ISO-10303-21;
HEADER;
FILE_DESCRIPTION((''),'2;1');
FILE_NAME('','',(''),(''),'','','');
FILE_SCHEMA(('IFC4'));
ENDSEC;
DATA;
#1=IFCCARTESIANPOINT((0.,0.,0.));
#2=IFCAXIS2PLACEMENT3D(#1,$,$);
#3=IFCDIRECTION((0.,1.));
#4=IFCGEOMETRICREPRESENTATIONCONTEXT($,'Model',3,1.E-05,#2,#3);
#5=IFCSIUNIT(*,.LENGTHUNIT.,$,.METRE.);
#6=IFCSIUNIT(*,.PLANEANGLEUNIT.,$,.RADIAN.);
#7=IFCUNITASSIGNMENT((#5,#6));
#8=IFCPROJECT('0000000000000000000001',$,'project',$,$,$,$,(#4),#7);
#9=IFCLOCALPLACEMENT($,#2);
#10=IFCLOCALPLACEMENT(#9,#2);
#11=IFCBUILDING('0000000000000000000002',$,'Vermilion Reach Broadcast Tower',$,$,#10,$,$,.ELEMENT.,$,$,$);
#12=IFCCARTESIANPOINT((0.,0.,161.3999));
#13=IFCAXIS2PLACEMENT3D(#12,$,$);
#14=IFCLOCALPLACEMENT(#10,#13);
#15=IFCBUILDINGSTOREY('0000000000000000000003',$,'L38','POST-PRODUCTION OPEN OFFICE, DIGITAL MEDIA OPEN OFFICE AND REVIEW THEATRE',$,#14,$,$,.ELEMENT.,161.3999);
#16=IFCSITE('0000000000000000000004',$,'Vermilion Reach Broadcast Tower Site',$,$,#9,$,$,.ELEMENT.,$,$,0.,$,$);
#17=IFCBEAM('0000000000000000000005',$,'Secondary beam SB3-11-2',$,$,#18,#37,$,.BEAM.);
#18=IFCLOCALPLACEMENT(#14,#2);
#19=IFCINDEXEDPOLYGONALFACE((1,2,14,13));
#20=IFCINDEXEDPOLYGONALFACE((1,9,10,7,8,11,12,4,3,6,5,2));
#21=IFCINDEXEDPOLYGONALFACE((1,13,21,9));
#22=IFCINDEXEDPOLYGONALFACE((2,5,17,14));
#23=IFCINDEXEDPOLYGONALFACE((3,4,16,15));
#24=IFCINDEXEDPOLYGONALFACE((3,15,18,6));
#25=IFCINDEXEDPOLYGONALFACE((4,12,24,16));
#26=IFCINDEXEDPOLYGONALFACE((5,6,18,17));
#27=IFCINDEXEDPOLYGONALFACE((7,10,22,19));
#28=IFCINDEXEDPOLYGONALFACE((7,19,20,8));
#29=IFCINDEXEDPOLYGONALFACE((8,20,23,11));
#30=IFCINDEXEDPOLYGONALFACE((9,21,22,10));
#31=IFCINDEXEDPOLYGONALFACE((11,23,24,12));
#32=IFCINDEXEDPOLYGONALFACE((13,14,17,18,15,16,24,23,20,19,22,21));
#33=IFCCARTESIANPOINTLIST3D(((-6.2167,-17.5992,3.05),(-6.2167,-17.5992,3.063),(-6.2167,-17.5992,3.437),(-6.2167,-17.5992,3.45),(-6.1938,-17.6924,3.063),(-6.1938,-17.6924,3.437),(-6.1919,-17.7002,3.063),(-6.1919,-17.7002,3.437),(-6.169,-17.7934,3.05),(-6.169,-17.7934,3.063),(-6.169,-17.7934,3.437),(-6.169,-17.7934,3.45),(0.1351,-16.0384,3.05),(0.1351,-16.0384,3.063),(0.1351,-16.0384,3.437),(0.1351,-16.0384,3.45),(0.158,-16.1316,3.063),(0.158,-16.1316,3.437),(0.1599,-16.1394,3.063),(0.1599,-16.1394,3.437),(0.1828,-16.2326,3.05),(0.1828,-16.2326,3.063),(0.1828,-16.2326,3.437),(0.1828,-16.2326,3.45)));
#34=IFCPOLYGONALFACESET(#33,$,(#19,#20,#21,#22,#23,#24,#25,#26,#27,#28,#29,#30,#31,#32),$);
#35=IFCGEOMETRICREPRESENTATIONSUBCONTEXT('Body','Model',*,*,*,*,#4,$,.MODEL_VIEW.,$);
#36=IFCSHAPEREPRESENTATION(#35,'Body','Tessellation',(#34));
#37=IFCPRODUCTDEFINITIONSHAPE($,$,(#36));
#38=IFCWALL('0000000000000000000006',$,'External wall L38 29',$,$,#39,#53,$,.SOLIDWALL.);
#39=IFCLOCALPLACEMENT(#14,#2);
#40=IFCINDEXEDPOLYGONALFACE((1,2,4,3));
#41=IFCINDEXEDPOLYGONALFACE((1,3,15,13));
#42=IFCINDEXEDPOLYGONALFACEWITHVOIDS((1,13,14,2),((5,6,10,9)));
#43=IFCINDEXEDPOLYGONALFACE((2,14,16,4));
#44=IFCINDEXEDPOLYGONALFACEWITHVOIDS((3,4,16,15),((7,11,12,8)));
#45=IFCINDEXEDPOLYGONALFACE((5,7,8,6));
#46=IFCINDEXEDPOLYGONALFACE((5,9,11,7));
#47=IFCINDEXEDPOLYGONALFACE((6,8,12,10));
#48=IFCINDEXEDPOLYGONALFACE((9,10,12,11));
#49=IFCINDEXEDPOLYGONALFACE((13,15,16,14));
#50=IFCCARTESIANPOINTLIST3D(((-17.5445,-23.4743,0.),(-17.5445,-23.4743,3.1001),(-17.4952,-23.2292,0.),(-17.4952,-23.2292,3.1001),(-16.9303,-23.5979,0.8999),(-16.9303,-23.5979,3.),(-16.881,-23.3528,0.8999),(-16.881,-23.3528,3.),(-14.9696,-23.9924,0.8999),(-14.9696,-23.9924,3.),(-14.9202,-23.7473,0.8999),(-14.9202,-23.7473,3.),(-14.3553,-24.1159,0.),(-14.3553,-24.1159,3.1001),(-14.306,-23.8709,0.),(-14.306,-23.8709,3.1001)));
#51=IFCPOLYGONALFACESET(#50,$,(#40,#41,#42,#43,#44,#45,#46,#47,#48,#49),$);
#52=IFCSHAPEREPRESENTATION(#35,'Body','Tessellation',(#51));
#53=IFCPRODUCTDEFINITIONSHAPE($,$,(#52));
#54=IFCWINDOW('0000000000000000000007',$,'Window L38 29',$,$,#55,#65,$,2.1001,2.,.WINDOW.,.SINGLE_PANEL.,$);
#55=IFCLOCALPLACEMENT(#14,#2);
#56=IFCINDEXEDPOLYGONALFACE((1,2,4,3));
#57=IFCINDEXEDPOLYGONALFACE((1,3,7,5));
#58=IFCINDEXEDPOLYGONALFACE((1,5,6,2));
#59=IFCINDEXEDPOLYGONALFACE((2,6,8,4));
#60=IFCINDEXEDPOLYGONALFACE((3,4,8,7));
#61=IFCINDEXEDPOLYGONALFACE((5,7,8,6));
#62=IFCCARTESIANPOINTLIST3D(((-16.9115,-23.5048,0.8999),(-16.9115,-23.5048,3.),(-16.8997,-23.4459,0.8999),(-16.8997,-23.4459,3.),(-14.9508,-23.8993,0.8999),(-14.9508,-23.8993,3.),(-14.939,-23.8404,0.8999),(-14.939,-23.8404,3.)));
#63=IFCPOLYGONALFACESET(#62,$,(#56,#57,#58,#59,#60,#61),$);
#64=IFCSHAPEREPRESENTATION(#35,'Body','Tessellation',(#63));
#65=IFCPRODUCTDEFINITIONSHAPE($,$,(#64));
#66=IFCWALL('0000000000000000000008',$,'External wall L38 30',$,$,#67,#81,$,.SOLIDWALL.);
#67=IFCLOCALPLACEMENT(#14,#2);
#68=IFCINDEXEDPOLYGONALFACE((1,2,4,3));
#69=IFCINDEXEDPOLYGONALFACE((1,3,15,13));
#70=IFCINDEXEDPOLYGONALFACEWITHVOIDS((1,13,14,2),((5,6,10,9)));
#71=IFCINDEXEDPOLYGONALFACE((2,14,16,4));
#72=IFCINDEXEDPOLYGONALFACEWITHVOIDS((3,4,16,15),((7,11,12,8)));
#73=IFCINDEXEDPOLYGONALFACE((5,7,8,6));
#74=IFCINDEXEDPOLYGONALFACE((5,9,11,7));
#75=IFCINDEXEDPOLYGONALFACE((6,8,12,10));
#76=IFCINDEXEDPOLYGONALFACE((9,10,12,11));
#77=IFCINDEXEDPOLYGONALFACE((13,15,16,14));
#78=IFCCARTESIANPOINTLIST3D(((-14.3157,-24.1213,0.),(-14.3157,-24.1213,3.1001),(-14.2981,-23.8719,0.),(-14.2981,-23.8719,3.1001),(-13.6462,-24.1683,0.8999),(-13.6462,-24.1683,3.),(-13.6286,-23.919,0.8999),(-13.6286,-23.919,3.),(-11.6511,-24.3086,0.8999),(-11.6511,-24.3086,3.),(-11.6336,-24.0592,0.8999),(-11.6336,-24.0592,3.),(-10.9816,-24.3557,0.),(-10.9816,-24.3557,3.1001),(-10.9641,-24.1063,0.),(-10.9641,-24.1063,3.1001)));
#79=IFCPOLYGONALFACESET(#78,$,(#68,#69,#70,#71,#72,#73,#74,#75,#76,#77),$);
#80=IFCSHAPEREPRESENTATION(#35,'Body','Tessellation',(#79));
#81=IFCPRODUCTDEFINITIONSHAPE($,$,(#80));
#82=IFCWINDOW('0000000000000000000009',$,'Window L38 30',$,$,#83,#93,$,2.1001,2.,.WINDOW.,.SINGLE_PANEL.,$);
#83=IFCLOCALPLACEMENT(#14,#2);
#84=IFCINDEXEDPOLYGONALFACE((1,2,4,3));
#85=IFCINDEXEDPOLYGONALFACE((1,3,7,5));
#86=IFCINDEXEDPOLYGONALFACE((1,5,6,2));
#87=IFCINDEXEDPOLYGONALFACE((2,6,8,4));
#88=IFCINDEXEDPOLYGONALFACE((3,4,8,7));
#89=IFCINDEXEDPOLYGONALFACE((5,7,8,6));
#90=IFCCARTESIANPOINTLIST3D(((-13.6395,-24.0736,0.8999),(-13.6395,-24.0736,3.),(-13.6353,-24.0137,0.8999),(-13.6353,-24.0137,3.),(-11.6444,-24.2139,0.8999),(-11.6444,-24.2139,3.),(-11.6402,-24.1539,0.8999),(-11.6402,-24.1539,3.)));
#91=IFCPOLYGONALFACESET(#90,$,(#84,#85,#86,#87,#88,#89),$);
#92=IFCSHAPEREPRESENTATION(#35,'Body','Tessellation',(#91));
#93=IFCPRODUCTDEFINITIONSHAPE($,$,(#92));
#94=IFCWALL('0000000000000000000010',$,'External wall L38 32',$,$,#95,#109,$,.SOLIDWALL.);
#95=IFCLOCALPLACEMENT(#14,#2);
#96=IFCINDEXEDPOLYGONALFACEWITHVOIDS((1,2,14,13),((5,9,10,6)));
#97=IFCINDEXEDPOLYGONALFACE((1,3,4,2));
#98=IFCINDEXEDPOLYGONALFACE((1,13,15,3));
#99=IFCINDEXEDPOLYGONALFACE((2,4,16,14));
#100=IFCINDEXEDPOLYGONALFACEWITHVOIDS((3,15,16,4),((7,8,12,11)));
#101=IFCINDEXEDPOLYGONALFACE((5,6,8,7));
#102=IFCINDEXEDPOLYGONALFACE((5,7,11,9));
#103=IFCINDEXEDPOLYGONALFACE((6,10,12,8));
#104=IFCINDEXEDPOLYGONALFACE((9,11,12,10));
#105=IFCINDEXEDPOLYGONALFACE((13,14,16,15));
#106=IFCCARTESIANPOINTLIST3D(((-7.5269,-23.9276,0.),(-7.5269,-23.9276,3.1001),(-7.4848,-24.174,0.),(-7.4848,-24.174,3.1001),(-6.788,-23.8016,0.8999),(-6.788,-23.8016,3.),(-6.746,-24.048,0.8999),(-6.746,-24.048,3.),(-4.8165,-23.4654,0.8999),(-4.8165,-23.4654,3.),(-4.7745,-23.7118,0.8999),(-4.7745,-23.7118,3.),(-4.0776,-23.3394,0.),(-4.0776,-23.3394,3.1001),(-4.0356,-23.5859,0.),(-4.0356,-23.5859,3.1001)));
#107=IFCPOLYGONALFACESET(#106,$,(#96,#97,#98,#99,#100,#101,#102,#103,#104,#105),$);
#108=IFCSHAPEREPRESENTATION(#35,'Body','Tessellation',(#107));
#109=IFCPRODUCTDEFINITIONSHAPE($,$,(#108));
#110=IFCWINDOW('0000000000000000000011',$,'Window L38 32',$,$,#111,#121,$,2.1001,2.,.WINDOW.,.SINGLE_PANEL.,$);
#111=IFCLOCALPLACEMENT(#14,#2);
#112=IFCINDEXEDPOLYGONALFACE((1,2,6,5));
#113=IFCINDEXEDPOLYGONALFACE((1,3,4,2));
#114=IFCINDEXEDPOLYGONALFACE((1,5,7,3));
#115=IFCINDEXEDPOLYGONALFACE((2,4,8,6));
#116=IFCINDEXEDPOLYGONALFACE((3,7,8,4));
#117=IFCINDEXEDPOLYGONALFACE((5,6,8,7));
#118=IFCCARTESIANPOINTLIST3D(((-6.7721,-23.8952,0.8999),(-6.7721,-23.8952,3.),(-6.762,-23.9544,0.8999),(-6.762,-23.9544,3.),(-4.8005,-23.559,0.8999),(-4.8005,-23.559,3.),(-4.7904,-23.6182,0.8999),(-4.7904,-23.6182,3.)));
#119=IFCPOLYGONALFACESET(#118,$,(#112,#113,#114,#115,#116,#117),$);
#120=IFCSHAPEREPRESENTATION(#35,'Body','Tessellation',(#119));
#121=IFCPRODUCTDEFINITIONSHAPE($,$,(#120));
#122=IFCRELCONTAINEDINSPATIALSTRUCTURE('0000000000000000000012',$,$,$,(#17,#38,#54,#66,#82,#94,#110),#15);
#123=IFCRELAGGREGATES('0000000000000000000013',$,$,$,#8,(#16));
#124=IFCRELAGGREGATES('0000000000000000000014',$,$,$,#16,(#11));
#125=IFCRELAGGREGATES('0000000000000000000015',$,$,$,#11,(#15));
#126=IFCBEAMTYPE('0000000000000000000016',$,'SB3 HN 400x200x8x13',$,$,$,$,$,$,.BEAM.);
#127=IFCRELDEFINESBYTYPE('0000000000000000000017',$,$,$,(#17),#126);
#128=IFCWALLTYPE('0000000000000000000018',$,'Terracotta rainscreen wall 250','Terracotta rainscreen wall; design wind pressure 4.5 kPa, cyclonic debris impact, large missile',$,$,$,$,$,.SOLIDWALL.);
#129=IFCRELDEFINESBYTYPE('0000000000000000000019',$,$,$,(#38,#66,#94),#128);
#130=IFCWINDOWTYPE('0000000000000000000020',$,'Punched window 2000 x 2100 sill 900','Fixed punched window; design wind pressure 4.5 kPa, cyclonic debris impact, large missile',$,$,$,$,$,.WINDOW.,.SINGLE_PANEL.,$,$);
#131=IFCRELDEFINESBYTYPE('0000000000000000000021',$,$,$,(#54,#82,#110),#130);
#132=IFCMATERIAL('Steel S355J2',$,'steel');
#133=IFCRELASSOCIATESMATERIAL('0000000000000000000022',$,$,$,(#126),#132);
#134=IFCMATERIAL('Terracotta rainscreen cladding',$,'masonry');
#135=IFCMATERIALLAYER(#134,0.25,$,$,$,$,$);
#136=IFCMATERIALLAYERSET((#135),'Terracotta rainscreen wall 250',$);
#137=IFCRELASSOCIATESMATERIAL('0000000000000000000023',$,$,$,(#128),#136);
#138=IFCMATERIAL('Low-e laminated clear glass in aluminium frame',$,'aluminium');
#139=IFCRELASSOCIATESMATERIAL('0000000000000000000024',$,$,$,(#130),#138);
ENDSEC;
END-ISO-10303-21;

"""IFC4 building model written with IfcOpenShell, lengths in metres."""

from ifc_helpers import new_model, si_unit, direction, frame, frame_2d, origin, origin_2d, place, context, subcontext, project, spatial, rectangle, i_section, extrude, material, layer, layer_set, material_profile, profile_set, type_object, element, fill, save


model = new_model("IFC4")

# Units and contexts
model_context = context("Model", 3, precision=1e-05, world=origin(), true_north=direction((0.0, 1.0)))
body_context = subcontext(model_context, "Body", "Model", "MODEL_VIEW")
ifc_project = project(units=[si_unit("LENGTHUNIT", "METRE"), si_unit("PLANEANGLEUNIT", "RADIAN")], contexts=[model_context])

# Site, building, storey
site_placement = place(None, origin())
site = spatial("IfcSite", under=ifc_project, at=site_placement, Name="Vermilion Reach Broadcast Tower Site", CompositionType="ELEMENT", RefElevation=0.0)
building_placement = place(site_placement, origin())
building = spatial("IfcBuilding", under=site, at=building_placement, Name="Vermilion Reach Broadcast Tower", CompositionType="ELEMENT")
storey_placement = place(building_placement, frame((0.0, 0.0, 161.3999)))
storey = spatial("IfcBuildingStorey", under=building, at=storey_placement, Name="L38", Description="POST-PRODUCTION OPEN OFFICE, DIGITAL MEDIA OPEN OFFICE AND REVIEW THEATRE", CompositionType="ELEMENT", Elevation=161.3999)

# Beam
ifc_material_1 = material(Name="Steel S355J2", Category="steel")
ifc_material_profile_1 = material_profile(ifc_material_1, i_section(OverallWidth=0.2, OverallDepth=0.3999, WebThickness=0.0081, FlangeThickness=0.0129, at=origin_2d()), Name="S355J2 HN 400x200x8x13")
ifc_profile_set_1 = profile_set([ifc_material_profile_1], Name="Steel S355J2")
beam_type_1 = type_object("IfcBeamType", Name="SB3 HN 400x200x8x13", PredefinedType="BEAM", material=ifc_profile_set_1)
beam_1_placement = place(storey_placement, frame((-6.1929, -17.6963, 3.25), z_axis=(0.971112, 0.238625, 0.0), x_axis=(-0.238625, 0.971112, 0.0)))
element("IfcBeam", 1, at=beam_1_placement, inside=storey, type_object=beam_type_1, Name="Secondary beam SB3-11-2", PredefinedType="BEAM", context=body_context, shape_type="SweptSolid", body=[
    extrude(i_section(OverallWidth=0.2, OverallDepth=0.3999, WebThickness=0.0081, FlangeThickness=0.0129, at=origin_2d()), origin(), (0.0, 0.0, 1.0), 6.5408),
])

# Shared definitions
ifc_material_2 = material(Name="Terracotta rainscreen cladding", Category="masonry")
ifc_layer = layer(ifc_material_2, 0.25)
ifc_layer_set = layer_set([ifc_layer], Name="Terracotta rainscreen wall 250")
wall_type = type_object("IfcWallType", Name="Terracotta rainscreen wall 250", Description="Terracotta rainscreen wall; design wind pressure 4.5 kPa, cyclonic debris impact, large missile", PredefinedType="SOLIDWALL", material=ifc_layer_set)

# Walls, openings, windows
wall_1_placement = place(storey_placement, frame((-17.5198, -23.3518, 0.0), z_axis=(0.0, 0.0, 1.0), x_axis=(0.980358, -0.197227, 0.0)))
wall_1 = element("IfcWall", 2, at=wall_1_placement, inside=storey, type_object=wall_type, Name="External wall L38 29", PredefinedType="SOLIDWALL", context=body_context, shape_type="SweptSolid", body=[
    extrude(rectangle(XDim=3.2532, YDim=0.25, at=frame_2d((1.6265, 0.0))), origin(), (0.0, 0.0, 1.0), 3.1001),
])
opening_1_placement = place(wall_1_placement, frame((0.6265, 0.0, 0.8999)))
opening_1 = element("IfcOpeningElement", 3, at=opening_1_placement, cuts=wall_1, PredefinedType="OPENING", context=body_context, shape_type="SweptSolid", body=[
    extrude(rectangle(XDim=2.0, YDim=2.1001, at=frame_2d((1.0, 1.05))), frame((0.0, 0.135, 0.0), z_axis=(0.0, -1.0, 0.0), x_axis=(1.0, 0.0, 0.0)), (0.0, 0.0, 1.0), 0.27),
])
ifc_material_3 = material(Name="Low-e laminated clear glass in aluminium frame", Category="aluminium")
window_type = type_object("IfcWindowType", Name="Punched window 2000 x 2100 sill 900", Description="Fixed punched window; design wind pressure 4.5 kPa, cyclonic debris impact, large missile", PartitioningType="SINGLE_PANEL", PredefinedType="WINDOW", material=ifc_material_3)
window_1_placement = place(opening_1_placement, origin())
window_1 = element("IfcWindow", 4, at=window_1_placement, inside=storey, type_object=window_type, Name="Window L38 29", OverallHeight=2.1001, OverallWidth=2.0, PartitioningType="SINGLE_PANEL", PredefinedType="WINDOW", context=body_context, shape_type="SweptSolid", body=[
    extrude(rectangle(XDim=2.0, YDim=2.1001, at=frame_2d((1.0, 1.05))), frame((0.0, 0.03, 0.0), z_axis=(0.0, -1.0, 0.0), x_axis=(1.0, 0.0, 0.0)), (0.0, 0.0, 1.0), 0.0601),
])
fill(opening_1, window_1)
wall_2_placement = place(storey_placement, frame((-14.3069, -23.9966, 0.0), z_axis=(0.0, 0.0, 1.0), x_axis=(0.997538, -0.070126, 0.0)))
wall_2 = element("IfcWall", 5, at=wall_2_placement, inside=storey, type_object=wall_type, Name="External wall L38 30", PredefinedType="SOLIDWALL", context=body_context, shape_type="SweptSolid", body=[
    extrude(rectangle(XDim=3.3423, YDim=0.25, at=frame_2d((1.6711, 0.0))), origin(), (0.0, 0.0, 1.0), 3.1001),
])
opening_2_placement = place(wall_2_placement, frame((0.6711, 0.0, 0.8999)))
opening_2 = element("IfcOpeningElement", 6, at=opening_2_placement, cuts=wall_2, PredefinedType="OPENING", context=body_context, shape_type="SweptSolid", body=[
    extrude(rectangle(XDim=2.0, YDim=2.1001, at=frame_2d((1.0, 1.05))), frame((0.0, 0.135, 0.0), z_axis=(0.0, -1.0, 0.0), x_axis=(1.0, 0.0, 0.0)), (0.0, 0.0, 1.0), 0.27),
])
window_2_placement = place(opening_2_placement, origin())
window_2 = element("IfcWindow", 7, at=window_2_placement, inside=storey, type_object=window_type, Name="Window L38 30", OverallHeight=2.1001, OverallWidth=2.0, PartitioningType="SINGLE_PANEL", PredefinedType="WINDOW", context=body_context, shape_type="SweptSolid", body=[
    extrude(rectangle(XDim=2.0, YDim=2.1001, at=frame_2d((1.0, 1.05))), frame((0.0, 0.03, 0.0), z_axis=(0.0, -1.0, 0.0), x_axis=(1.0, 0.0, 0.0)), (0.0, 0.0, 1.0), 0.0601),
])
fill(opening_2, window_2)

# Wall, opening, window
wall_3_placement = place(storey_placement, frame((-7.5059, -24.0508, 0.0), z_axis=(0.0, 0.0, 1.0), x_axis=(0.985772, 0.168086, 0.0)))
wall_3 = element("IfcWall", 8, at=wall_3_placement, inside=storey, type_object=wall_type, Name="External wall L38 32", PredefinedType="SOLIDWALL", context=body_context, shape_type="SweptSolid", body=[
    extrude(rectangle(XDim=3.499, YDim=0.25, at=frame_2d((1.7495, 0.0))), origin(), (0.0, 0.0, 1.0), 3.1001),
])
opening_3_placement = place(wall_3_placement, frame((0.7495, 0.0, 0.8999)))
opening_3 = element("IfcOpeningElement", 9, at=opening_3_placement, cuts=wall_3, PredefinedType="OPENING", context=body_context, shape_type="SweptSolid", body=[
    extrude(rectangle(XDim=2.0, YDim=2.1001, at=frame_2d((1.0, 1.05))), frame((0.0, 0.135, 0.0), z_axis=(0.0, -1.0, 0.0), x_axis=(1.0, 0.0, 0.0)), (0.0, 0.0, 1.0), 0.27),
])
window_3_placement = place(opening_3_placement, origin())
window_3 = element("IfcWindow", 10, at=window_3_placement, inside=storey, type_object=window_type, Name="Window L38 32", OverallHeight=2.1001, OverallWidth=2.0, PartitioningType="SINGLE_PANEL", PredefinedType="WINDOW", context=body_context, shape_type="SweptSolid", body=[
    extrude(rectangle(XDim=2.0, YDim=2.1001, at=frame_2d((1.0, 1.05))), frame((0.0, 0.03, 0.0), z_axis=(0.0, -1.0, 0.0), x_axis=(1.0, 0.0, 0.0)), (0.0, 0.0, 1.0), 0.0601),
])
fill(opening_3, window_3)

save(model, "model.ifc")
